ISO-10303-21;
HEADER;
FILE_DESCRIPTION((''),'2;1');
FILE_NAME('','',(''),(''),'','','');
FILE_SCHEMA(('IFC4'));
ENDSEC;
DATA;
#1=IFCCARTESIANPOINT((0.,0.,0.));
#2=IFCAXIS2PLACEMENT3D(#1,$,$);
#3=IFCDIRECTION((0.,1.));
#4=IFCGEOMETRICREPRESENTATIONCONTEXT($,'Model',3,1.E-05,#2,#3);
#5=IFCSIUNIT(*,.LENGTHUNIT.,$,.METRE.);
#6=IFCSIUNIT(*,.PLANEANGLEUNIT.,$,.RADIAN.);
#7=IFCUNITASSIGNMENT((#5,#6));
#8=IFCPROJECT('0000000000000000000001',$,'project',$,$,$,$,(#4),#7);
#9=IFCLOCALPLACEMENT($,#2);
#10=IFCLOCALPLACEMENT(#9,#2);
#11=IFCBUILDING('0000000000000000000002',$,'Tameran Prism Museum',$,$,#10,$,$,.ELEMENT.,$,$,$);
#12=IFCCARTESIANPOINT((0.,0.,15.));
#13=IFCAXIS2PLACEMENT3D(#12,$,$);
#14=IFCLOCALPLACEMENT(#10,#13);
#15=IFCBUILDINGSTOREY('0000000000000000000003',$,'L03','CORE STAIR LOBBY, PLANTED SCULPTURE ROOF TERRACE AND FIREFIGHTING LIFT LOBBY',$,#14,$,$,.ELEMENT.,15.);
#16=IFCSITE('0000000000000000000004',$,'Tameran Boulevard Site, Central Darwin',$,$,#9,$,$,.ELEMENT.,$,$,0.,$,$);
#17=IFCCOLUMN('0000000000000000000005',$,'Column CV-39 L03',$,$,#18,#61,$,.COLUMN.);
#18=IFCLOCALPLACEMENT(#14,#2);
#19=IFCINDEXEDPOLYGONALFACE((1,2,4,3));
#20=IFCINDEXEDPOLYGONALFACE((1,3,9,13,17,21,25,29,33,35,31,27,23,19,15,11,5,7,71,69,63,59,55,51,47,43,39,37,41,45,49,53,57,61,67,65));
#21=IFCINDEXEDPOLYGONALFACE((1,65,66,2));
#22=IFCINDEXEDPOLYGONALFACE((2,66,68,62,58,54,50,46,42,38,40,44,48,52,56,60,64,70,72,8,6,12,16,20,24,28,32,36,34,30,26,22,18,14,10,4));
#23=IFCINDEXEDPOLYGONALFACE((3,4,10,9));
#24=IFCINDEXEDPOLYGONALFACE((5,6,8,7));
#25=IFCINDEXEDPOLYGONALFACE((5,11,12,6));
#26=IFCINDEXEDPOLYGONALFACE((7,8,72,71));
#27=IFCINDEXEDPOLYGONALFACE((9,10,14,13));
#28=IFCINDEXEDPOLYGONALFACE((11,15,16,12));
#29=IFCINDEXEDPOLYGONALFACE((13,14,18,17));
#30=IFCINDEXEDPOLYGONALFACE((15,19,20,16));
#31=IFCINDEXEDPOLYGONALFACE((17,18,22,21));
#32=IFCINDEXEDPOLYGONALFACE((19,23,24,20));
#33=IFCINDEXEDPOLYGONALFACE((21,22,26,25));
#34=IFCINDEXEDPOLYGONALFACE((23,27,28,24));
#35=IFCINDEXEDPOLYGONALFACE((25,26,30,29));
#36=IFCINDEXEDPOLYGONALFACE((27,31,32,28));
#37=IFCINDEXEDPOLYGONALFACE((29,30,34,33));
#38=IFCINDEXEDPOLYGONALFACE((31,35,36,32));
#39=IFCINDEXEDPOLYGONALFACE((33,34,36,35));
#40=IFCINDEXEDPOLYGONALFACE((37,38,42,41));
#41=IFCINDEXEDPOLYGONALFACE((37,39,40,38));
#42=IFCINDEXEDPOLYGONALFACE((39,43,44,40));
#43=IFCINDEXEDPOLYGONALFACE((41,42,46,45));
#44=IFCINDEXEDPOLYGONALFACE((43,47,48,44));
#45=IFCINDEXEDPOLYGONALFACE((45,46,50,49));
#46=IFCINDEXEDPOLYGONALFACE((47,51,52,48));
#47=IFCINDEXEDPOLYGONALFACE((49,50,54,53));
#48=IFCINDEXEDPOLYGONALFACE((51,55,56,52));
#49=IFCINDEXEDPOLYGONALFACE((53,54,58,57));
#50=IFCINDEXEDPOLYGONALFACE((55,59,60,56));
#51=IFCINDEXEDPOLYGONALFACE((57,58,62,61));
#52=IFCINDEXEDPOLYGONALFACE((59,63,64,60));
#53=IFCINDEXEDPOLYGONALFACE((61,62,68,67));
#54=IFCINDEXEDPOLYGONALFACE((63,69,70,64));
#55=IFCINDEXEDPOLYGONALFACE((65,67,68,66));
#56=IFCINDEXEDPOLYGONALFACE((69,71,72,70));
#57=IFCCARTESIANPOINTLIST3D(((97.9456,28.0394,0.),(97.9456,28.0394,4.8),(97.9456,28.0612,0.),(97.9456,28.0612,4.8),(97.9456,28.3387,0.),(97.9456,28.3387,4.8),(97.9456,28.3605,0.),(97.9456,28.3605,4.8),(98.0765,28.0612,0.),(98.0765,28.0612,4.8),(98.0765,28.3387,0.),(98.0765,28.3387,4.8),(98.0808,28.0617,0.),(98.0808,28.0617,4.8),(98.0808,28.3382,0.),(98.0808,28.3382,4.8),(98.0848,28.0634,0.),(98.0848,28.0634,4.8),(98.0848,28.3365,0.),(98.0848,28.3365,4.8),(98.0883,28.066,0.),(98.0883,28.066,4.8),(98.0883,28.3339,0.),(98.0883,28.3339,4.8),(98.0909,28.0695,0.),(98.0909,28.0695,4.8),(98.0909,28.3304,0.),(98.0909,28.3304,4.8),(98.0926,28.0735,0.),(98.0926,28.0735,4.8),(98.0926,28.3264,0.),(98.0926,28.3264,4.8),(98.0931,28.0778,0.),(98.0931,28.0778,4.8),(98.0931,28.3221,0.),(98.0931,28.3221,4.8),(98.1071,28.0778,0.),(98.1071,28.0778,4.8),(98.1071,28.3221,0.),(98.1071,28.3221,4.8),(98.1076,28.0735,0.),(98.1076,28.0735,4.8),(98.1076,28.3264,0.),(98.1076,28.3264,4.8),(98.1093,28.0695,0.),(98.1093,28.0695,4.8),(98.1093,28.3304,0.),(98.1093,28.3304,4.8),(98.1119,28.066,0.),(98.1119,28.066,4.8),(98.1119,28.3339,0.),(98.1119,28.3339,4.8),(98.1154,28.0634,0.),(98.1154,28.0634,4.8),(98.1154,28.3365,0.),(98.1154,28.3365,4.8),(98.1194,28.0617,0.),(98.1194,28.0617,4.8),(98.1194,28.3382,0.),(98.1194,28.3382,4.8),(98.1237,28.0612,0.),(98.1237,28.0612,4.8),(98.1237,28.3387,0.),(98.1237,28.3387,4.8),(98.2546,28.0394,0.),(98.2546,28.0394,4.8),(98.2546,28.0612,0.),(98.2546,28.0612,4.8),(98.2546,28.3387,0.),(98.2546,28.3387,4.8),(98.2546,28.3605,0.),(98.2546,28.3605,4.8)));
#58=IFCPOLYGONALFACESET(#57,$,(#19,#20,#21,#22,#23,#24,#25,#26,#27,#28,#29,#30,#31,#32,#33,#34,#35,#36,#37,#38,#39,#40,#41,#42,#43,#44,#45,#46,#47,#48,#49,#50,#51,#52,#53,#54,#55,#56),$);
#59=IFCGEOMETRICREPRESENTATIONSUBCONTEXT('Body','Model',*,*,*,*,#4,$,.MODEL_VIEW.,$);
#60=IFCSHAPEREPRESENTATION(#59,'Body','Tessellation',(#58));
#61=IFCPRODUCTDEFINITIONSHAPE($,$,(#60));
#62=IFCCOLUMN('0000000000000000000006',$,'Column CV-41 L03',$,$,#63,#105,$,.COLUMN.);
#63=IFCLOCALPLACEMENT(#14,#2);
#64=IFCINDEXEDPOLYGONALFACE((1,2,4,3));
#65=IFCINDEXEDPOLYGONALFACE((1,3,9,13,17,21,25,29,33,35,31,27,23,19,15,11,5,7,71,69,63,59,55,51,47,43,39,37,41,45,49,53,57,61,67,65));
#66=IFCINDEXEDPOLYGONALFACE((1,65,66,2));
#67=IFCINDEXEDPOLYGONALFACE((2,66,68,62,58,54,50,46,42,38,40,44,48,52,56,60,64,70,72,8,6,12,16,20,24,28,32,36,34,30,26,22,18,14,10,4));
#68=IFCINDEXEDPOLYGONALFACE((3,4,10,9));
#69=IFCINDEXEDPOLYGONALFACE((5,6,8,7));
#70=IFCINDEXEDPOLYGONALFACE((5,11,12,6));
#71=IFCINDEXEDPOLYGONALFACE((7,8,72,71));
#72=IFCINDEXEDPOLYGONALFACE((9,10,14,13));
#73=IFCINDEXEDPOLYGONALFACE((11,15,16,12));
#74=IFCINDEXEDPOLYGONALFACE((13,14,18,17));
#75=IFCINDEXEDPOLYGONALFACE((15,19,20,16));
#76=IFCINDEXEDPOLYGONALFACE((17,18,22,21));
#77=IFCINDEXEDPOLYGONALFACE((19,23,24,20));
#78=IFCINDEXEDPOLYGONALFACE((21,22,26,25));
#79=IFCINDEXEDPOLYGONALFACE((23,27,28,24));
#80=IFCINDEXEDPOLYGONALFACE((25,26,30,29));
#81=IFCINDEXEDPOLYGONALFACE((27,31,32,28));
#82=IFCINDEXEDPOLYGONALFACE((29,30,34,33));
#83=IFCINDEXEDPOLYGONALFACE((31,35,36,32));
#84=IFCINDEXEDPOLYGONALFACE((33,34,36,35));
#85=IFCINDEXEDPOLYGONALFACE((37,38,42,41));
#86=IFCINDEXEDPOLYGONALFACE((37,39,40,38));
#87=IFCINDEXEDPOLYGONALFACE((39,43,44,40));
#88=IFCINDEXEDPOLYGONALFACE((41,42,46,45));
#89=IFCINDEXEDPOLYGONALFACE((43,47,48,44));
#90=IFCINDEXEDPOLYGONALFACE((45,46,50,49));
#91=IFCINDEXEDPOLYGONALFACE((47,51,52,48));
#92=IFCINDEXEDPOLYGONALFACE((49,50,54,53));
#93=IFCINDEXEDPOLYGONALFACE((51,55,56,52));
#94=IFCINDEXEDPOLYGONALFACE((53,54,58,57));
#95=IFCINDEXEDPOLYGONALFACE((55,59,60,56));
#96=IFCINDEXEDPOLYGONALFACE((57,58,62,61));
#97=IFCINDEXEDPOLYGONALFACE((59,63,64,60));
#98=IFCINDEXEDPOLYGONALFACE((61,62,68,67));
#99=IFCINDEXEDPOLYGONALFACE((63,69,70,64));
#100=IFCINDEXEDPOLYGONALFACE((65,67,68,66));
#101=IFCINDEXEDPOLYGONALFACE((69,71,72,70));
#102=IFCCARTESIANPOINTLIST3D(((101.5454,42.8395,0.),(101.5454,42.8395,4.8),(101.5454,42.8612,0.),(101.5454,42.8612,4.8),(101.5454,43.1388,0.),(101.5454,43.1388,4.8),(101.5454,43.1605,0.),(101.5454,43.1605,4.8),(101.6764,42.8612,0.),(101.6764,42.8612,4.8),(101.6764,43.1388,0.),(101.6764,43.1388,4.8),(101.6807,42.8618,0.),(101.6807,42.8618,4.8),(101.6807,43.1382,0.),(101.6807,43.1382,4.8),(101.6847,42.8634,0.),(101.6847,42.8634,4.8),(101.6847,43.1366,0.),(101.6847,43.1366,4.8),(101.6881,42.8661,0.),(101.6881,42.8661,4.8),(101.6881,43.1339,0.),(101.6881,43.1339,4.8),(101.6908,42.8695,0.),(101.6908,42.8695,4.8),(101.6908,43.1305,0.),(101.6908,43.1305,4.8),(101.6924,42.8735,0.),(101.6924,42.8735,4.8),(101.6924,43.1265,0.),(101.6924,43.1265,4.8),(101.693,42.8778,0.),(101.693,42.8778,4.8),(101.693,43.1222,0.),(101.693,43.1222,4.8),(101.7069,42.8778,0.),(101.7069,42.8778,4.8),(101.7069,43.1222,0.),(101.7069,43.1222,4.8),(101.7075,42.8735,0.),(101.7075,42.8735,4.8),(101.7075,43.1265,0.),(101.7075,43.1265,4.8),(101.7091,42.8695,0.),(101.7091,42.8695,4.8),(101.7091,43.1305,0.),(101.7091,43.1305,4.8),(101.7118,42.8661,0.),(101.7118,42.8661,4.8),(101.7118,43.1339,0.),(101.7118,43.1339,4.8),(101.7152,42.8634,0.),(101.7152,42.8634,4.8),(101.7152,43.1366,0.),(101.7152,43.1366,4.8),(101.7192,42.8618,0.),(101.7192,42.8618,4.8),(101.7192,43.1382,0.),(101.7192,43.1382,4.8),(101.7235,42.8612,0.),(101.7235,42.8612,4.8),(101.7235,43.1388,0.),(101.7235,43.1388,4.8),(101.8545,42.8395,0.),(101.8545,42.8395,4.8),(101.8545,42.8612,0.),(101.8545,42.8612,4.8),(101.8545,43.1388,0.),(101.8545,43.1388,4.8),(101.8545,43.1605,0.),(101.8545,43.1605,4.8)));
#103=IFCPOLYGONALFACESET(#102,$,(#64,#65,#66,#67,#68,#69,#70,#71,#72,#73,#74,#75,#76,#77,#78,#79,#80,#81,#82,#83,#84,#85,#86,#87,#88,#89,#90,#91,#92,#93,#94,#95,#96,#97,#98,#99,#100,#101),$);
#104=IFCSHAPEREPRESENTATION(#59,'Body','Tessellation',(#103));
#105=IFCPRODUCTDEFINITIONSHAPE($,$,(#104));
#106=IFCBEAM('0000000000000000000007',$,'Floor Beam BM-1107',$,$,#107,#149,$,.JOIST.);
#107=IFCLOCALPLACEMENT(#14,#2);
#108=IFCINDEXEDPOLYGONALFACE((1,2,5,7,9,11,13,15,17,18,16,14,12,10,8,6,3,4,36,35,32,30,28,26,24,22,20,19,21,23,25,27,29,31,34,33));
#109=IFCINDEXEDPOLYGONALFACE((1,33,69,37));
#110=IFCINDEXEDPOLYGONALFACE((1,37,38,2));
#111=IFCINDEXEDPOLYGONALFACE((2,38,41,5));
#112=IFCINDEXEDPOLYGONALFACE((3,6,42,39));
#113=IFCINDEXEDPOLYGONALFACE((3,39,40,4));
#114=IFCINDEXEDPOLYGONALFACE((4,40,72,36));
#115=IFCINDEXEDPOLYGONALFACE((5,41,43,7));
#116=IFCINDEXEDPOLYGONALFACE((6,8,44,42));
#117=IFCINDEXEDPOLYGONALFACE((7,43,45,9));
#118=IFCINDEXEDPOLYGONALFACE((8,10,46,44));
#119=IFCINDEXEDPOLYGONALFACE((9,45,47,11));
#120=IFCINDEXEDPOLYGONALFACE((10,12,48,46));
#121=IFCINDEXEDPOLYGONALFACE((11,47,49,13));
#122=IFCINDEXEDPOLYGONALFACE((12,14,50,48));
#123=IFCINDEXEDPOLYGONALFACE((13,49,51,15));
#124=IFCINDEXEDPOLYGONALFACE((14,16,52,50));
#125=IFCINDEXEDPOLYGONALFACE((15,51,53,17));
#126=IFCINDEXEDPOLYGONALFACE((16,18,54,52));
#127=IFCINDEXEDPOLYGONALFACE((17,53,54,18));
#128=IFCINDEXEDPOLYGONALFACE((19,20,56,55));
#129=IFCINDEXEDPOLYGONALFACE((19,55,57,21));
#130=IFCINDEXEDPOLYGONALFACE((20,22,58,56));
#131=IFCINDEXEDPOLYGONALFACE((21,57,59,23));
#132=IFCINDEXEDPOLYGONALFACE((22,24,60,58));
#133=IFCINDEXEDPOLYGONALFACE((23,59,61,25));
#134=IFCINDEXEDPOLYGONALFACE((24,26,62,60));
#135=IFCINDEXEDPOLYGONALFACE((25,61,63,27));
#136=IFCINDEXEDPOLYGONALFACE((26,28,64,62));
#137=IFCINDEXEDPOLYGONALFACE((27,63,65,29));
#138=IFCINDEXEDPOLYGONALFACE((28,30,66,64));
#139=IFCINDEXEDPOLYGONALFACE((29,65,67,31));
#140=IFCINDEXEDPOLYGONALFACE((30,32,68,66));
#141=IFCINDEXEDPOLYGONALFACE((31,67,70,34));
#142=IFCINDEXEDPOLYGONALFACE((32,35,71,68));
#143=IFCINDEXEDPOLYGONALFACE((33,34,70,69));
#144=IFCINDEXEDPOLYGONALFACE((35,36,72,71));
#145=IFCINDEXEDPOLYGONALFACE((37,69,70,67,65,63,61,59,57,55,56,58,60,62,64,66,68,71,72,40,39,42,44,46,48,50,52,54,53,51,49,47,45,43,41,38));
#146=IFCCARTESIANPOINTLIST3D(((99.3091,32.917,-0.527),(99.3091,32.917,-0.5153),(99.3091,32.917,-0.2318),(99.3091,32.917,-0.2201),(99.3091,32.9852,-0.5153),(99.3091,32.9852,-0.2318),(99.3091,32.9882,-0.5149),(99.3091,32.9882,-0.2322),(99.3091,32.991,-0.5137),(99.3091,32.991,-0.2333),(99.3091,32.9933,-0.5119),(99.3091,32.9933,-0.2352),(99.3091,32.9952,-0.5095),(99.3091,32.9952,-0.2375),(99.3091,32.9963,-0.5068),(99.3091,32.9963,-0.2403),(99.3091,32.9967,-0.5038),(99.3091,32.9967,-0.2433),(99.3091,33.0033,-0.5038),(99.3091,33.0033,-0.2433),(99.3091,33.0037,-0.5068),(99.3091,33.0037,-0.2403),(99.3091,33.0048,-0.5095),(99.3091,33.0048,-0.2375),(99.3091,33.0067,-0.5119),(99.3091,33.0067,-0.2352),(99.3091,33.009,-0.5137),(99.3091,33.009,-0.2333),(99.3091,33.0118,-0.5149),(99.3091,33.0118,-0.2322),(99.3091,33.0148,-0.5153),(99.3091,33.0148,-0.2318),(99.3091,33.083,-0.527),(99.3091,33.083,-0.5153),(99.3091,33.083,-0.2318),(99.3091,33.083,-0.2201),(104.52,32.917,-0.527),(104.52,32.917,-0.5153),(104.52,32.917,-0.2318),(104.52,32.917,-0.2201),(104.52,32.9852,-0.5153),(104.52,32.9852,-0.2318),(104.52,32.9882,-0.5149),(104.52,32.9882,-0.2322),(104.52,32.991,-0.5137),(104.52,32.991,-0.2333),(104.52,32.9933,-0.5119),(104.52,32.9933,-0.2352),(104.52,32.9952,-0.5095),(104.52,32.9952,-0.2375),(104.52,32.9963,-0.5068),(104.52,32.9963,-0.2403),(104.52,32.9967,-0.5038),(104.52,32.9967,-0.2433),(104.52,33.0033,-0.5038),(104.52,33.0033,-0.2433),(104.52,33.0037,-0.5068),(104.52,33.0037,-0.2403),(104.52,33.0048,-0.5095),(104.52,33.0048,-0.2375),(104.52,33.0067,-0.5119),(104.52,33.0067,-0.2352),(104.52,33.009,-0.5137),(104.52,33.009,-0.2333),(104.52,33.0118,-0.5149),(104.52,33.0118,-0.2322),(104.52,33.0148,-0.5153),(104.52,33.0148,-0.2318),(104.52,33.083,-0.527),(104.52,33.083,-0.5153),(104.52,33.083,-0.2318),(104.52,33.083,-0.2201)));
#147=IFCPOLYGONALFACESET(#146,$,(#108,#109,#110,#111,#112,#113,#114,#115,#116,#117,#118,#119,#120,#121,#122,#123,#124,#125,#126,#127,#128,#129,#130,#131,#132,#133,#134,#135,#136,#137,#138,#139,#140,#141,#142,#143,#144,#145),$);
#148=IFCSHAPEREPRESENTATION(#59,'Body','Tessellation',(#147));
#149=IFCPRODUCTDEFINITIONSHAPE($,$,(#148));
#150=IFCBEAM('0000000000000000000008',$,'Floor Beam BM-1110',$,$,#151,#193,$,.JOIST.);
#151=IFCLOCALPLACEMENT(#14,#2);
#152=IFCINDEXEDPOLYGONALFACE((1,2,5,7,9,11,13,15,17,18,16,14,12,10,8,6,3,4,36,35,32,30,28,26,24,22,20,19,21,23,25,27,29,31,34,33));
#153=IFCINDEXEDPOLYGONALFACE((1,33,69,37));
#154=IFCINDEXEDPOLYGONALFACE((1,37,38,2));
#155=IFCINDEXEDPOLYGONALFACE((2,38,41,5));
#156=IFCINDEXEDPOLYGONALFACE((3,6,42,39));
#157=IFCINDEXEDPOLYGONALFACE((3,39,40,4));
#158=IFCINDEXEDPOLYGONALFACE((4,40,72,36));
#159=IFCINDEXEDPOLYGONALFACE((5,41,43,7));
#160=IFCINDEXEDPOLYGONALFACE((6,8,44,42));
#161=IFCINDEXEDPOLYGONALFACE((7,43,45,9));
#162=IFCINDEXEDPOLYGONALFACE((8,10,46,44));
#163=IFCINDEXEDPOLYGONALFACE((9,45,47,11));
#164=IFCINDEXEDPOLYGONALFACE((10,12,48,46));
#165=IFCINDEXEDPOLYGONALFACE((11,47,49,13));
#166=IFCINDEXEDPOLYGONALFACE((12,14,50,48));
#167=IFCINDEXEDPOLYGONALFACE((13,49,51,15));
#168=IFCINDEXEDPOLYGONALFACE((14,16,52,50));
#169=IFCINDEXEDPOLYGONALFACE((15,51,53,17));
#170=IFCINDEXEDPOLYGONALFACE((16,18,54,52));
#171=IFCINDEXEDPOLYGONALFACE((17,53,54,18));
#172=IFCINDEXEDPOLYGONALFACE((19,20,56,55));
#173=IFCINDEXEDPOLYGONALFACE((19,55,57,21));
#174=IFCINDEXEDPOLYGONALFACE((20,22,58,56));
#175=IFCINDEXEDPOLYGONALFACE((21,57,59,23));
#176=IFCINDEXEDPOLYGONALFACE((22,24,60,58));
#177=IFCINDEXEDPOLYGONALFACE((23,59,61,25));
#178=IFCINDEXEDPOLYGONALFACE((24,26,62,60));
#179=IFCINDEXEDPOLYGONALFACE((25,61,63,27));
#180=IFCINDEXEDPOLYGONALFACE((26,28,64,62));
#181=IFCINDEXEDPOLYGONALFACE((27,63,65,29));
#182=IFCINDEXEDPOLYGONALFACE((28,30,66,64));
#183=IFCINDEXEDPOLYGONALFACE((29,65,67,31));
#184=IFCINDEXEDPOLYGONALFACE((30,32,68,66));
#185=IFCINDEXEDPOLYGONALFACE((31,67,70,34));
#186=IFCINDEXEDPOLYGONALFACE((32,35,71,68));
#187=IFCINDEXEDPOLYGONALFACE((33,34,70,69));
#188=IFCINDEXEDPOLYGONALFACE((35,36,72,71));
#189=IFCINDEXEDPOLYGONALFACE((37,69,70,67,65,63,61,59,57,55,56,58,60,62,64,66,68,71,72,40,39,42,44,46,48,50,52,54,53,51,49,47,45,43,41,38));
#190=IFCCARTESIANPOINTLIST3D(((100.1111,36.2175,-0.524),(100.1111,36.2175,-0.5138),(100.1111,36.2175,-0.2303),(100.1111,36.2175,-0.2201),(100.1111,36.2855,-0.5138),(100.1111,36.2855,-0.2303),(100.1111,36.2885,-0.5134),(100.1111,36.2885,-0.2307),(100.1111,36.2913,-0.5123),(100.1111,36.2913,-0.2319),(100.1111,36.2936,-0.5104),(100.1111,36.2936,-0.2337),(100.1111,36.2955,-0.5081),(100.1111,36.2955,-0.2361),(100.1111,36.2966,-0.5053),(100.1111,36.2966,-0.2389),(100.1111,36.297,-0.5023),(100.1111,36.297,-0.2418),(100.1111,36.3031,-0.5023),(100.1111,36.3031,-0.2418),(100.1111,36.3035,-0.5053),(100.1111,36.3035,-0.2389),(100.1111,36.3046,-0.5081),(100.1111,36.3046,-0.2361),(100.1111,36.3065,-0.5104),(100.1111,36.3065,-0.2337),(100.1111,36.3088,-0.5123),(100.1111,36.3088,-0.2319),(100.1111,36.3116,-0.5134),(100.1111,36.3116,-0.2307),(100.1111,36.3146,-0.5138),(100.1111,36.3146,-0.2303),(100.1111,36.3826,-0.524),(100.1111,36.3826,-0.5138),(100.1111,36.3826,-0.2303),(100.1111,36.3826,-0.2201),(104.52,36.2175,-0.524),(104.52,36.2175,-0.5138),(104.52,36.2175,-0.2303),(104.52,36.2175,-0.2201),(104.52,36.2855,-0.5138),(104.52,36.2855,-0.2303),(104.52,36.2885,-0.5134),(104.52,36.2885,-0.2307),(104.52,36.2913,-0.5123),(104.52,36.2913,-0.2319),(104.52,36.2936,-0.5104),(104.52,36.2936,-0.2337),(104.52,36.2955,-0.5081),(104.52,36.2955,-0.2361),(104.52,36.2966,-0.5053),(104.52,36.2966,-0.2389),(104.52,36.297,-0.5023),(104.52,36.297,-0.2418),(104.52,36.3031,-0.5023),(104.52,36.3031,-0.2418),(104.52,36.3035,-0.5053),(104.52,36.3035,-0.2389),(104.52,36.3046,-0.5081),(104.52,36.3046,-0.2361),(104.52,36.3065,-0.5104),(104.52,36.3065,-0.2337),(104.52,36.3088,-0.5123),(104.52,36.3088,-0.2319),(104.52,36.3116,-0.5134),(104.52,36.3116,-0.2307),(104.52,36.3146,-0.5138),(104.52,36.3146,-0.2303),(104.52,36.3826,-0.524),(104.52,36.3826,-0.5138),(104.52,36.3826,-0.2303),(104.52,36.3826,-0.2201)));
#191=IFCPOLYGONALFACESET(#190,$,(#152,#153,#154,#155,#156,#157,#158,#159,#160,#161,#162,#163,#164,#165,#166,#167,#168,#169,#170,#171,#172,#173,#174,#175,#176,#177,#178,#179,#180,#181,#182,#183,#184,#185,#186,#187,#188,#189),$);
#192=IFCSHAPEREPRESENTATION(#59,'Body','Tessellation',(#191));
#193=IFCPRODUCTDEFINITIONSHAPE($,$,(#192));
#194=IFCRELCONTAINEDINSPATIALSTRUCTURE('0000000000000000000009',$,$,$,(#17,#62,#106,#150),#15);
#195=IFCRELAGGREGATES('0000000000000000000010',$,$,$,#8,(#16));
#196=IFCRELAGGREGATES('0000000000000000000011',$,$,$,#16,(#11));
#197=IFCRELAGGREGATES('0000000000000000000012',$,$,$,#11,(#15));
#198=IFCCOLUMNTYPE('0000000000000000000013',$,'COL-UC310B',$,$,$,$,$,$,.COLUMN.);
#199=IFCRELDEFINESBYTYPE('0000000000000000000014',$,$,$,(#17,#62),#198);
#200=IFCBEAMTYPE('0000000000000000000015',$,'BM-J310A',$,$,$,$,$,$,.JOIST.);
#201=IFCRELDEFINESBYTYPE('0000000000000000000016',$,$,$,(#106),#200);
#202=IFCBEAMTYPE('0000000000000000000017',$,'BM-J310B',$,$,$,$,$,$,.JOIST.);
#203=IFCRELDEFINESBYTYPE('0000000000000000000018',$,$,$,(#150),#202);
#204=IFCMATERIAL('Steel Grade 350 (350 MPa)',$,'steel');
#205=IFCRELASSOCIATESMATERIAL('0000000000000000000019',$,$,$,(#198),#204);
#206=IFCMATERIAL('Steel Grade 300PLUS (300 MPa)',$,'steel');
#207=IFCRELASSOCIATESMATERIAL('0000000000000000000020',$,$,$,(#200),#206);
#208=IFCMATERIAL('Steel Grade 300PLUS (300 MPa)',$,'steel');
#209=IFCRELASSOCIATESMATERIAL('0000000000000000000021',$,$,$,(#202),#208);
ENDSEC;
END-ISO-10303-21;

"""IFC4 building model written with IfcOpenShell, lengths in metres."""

from ifc_helpers import new_model, si_unit, direction, frame, origin, origin_2d, place, context, subcontext, project, spatial, i_section, extrude, material, material_profile, profile_set, type_object, element, save


model = new_model("IFC4")

# Units and contexts
model_context = context("Model", 3, precision=1e-05, world=origin(), true_north=direction((0.0, 1.0)))
body_context = subcontext(model_context, "Body", "Model", "MODEL_VIEW")
ifc_project = project(units=[si_unit("LENGTHUNIT", "METRE"), si_unit("PLANEANGLEUNIT", "RADIAN")], contexts=[model_context])

# Site, building, storey
site_placement = place(None, origin())
site = spatial("IfcSite", under=ifc_project, at=site_placement, Name="Tameran Boulevard Site, Central Darwin", CompositionType="ELEMENT", RefElevation=0.0)
building_placement = place(site_placement, origin())
building = spatial("IfcBuilding", under=site, at=building_placement, Name="Tameran Prism Museum", CompositionType="ELEMENT")
storey_placement = place(building_placement, frame((0.0, 0.0, 15.0)))
storey = spatial("IfcBuildingStorey", under=building, at=storey_placement, Name="L03", Description="CORE STAIR LOBBY, PLANTED SCULPTURE ROOF TERRACE AND FIREFIGHTING LIFT LOBBY", CompositionType="ELEMENT", Elevation=15.0)

# Columns
ifc_material_1 = material(Name="Steel Grade 350 (350 MPa)", Category="steel")
ifc_material_profile_1 = material_profile(ifc_material_1, i_section(OverallWidth=0.3091, OverallDepth=0.321, WebThickness=0.0139, FlangeThickness=0.0217, FilletRadius=0.0166, at=origin_2d()))
ifc_profile_set_1 = profile_set([ifc_material_profile_1])
column_type = type_object("IfcColumnType", Name="COL-UC310B", PredefinedType="COLUMN", material=ifc_profile_set_1)
for number, where, z_axis, x_axis, name in (
    (1, (98.1001, 28.2, 0.0), (0.0, 0.0, 1.0), (1.0, 0.0, 0.0), "Column CV-39 L03"),
    (2, (101.7, 43.0, 0.0), (0.0, 0.0, 1.0), (1.0, 0.0, 0.0), "Column CV-41 L03"),
):
    element("IfcColumn", number, at=place(storey_placement, frame(where, z_axis=z_axis, x_axis=x_axis)), inside=storey, type_object=column_type, Name=name, PredefinedType="COLUMN", context=body_context, shape_type="SweptSolid", body=[
        extrude(i_section(OverallWidth=0.3091, OverallDepth=0.321, WebThickness=0.0139, FlangeThickness=0.0217, FilletRadius=0.0166, at=origin_2d()), origin(), (0.0, 0.0, 1.0), 4.8),
    ])

# Beams
ifc_material_2 = material(Name="Steel Grade 300PLUS (300 MPa)", Category="steel")
ifc_material_profile_2 = material_profile(ifc_material_2, i_section(OverallWidth=0.166, OverallDepth=0.3069, WebThickness=0.0066, FlangeThickness=0.0117, FilletRadius=0.0115, at=origin_2d()))
ifc_profile_set_2 = profile_set([ifc_material_profile_2])
beam_type_1 = type_object("IfcBeamType", Name="BM-J310A", PredefinedType="JOIST", material=ifc_profile_set_2)
beam_1_placement = place(storey_placement, frame((99.3091, 33.0, -0.3735), z_axis=(1.0, 0.0, 0.0), x_axis=(0.0, 1.0, 0.0)))
element("IfcBeam", 3, at=beam_1_placement, inside=storey, type_object=beam_type_1, Name="Floor Beam BM-1107", PredefinedType="JOIST", context=body_context, shape_type="SweptSolid", body=[
    extrude(i_section(OverallWidth=0.166, OverallDepth=0.3069, WebThickness=0.0066, FlangeThickness=0.0117, FilletRadius=0.0115, at=origin_2d()), origin(), (0.0, 0.0, 1.0), 5.2109),
])
ifc_material_3 = material(Name="Steel Grade 300PLUS (300 MPa)", Category="steel")
ifc_material_profile_3 = material_profile(ifc_material_3, i_section(OverallWidth=0.165, OverallDepth=0.304, WebThickness=0.0061, FlangeThickness=0.0103, FilletRadius=0.0115, at=origin_2d()))
ifc_profile_set_3 = profile_set([ifc_material_profile_3])
beam_type_2 = type_object("IfcBeamType", Name="BM-J310B", PredefinedType="JOIST", material=ifc_profile_set_3)
beam_2_placement = place(storey_placement, frame((100.1111, 36.3, -0.3721), z_axis=(1.0, 0.0, 0.0), x_axis=(0.0, 1.0, 0.0)))
element("IfcBeam", 4, at=beam_2_placement, inside=storey, type_object=beam_type_2, Name="Floor Beam BM-1110", PredefinedType="JOIST", context=body_context, shape_type="SweptSolid", body=[
    extrude(i_section(OverallWidth=0.165, OverallDepth=0.304, WebThickness=0.0061, FlangeThickness=0.0103, FilletRadius=0.0115, at=origin_2d()), origin(), (0.0, 0.0, 1.0), 4.4089),
])

save(model, "model.ifc")
